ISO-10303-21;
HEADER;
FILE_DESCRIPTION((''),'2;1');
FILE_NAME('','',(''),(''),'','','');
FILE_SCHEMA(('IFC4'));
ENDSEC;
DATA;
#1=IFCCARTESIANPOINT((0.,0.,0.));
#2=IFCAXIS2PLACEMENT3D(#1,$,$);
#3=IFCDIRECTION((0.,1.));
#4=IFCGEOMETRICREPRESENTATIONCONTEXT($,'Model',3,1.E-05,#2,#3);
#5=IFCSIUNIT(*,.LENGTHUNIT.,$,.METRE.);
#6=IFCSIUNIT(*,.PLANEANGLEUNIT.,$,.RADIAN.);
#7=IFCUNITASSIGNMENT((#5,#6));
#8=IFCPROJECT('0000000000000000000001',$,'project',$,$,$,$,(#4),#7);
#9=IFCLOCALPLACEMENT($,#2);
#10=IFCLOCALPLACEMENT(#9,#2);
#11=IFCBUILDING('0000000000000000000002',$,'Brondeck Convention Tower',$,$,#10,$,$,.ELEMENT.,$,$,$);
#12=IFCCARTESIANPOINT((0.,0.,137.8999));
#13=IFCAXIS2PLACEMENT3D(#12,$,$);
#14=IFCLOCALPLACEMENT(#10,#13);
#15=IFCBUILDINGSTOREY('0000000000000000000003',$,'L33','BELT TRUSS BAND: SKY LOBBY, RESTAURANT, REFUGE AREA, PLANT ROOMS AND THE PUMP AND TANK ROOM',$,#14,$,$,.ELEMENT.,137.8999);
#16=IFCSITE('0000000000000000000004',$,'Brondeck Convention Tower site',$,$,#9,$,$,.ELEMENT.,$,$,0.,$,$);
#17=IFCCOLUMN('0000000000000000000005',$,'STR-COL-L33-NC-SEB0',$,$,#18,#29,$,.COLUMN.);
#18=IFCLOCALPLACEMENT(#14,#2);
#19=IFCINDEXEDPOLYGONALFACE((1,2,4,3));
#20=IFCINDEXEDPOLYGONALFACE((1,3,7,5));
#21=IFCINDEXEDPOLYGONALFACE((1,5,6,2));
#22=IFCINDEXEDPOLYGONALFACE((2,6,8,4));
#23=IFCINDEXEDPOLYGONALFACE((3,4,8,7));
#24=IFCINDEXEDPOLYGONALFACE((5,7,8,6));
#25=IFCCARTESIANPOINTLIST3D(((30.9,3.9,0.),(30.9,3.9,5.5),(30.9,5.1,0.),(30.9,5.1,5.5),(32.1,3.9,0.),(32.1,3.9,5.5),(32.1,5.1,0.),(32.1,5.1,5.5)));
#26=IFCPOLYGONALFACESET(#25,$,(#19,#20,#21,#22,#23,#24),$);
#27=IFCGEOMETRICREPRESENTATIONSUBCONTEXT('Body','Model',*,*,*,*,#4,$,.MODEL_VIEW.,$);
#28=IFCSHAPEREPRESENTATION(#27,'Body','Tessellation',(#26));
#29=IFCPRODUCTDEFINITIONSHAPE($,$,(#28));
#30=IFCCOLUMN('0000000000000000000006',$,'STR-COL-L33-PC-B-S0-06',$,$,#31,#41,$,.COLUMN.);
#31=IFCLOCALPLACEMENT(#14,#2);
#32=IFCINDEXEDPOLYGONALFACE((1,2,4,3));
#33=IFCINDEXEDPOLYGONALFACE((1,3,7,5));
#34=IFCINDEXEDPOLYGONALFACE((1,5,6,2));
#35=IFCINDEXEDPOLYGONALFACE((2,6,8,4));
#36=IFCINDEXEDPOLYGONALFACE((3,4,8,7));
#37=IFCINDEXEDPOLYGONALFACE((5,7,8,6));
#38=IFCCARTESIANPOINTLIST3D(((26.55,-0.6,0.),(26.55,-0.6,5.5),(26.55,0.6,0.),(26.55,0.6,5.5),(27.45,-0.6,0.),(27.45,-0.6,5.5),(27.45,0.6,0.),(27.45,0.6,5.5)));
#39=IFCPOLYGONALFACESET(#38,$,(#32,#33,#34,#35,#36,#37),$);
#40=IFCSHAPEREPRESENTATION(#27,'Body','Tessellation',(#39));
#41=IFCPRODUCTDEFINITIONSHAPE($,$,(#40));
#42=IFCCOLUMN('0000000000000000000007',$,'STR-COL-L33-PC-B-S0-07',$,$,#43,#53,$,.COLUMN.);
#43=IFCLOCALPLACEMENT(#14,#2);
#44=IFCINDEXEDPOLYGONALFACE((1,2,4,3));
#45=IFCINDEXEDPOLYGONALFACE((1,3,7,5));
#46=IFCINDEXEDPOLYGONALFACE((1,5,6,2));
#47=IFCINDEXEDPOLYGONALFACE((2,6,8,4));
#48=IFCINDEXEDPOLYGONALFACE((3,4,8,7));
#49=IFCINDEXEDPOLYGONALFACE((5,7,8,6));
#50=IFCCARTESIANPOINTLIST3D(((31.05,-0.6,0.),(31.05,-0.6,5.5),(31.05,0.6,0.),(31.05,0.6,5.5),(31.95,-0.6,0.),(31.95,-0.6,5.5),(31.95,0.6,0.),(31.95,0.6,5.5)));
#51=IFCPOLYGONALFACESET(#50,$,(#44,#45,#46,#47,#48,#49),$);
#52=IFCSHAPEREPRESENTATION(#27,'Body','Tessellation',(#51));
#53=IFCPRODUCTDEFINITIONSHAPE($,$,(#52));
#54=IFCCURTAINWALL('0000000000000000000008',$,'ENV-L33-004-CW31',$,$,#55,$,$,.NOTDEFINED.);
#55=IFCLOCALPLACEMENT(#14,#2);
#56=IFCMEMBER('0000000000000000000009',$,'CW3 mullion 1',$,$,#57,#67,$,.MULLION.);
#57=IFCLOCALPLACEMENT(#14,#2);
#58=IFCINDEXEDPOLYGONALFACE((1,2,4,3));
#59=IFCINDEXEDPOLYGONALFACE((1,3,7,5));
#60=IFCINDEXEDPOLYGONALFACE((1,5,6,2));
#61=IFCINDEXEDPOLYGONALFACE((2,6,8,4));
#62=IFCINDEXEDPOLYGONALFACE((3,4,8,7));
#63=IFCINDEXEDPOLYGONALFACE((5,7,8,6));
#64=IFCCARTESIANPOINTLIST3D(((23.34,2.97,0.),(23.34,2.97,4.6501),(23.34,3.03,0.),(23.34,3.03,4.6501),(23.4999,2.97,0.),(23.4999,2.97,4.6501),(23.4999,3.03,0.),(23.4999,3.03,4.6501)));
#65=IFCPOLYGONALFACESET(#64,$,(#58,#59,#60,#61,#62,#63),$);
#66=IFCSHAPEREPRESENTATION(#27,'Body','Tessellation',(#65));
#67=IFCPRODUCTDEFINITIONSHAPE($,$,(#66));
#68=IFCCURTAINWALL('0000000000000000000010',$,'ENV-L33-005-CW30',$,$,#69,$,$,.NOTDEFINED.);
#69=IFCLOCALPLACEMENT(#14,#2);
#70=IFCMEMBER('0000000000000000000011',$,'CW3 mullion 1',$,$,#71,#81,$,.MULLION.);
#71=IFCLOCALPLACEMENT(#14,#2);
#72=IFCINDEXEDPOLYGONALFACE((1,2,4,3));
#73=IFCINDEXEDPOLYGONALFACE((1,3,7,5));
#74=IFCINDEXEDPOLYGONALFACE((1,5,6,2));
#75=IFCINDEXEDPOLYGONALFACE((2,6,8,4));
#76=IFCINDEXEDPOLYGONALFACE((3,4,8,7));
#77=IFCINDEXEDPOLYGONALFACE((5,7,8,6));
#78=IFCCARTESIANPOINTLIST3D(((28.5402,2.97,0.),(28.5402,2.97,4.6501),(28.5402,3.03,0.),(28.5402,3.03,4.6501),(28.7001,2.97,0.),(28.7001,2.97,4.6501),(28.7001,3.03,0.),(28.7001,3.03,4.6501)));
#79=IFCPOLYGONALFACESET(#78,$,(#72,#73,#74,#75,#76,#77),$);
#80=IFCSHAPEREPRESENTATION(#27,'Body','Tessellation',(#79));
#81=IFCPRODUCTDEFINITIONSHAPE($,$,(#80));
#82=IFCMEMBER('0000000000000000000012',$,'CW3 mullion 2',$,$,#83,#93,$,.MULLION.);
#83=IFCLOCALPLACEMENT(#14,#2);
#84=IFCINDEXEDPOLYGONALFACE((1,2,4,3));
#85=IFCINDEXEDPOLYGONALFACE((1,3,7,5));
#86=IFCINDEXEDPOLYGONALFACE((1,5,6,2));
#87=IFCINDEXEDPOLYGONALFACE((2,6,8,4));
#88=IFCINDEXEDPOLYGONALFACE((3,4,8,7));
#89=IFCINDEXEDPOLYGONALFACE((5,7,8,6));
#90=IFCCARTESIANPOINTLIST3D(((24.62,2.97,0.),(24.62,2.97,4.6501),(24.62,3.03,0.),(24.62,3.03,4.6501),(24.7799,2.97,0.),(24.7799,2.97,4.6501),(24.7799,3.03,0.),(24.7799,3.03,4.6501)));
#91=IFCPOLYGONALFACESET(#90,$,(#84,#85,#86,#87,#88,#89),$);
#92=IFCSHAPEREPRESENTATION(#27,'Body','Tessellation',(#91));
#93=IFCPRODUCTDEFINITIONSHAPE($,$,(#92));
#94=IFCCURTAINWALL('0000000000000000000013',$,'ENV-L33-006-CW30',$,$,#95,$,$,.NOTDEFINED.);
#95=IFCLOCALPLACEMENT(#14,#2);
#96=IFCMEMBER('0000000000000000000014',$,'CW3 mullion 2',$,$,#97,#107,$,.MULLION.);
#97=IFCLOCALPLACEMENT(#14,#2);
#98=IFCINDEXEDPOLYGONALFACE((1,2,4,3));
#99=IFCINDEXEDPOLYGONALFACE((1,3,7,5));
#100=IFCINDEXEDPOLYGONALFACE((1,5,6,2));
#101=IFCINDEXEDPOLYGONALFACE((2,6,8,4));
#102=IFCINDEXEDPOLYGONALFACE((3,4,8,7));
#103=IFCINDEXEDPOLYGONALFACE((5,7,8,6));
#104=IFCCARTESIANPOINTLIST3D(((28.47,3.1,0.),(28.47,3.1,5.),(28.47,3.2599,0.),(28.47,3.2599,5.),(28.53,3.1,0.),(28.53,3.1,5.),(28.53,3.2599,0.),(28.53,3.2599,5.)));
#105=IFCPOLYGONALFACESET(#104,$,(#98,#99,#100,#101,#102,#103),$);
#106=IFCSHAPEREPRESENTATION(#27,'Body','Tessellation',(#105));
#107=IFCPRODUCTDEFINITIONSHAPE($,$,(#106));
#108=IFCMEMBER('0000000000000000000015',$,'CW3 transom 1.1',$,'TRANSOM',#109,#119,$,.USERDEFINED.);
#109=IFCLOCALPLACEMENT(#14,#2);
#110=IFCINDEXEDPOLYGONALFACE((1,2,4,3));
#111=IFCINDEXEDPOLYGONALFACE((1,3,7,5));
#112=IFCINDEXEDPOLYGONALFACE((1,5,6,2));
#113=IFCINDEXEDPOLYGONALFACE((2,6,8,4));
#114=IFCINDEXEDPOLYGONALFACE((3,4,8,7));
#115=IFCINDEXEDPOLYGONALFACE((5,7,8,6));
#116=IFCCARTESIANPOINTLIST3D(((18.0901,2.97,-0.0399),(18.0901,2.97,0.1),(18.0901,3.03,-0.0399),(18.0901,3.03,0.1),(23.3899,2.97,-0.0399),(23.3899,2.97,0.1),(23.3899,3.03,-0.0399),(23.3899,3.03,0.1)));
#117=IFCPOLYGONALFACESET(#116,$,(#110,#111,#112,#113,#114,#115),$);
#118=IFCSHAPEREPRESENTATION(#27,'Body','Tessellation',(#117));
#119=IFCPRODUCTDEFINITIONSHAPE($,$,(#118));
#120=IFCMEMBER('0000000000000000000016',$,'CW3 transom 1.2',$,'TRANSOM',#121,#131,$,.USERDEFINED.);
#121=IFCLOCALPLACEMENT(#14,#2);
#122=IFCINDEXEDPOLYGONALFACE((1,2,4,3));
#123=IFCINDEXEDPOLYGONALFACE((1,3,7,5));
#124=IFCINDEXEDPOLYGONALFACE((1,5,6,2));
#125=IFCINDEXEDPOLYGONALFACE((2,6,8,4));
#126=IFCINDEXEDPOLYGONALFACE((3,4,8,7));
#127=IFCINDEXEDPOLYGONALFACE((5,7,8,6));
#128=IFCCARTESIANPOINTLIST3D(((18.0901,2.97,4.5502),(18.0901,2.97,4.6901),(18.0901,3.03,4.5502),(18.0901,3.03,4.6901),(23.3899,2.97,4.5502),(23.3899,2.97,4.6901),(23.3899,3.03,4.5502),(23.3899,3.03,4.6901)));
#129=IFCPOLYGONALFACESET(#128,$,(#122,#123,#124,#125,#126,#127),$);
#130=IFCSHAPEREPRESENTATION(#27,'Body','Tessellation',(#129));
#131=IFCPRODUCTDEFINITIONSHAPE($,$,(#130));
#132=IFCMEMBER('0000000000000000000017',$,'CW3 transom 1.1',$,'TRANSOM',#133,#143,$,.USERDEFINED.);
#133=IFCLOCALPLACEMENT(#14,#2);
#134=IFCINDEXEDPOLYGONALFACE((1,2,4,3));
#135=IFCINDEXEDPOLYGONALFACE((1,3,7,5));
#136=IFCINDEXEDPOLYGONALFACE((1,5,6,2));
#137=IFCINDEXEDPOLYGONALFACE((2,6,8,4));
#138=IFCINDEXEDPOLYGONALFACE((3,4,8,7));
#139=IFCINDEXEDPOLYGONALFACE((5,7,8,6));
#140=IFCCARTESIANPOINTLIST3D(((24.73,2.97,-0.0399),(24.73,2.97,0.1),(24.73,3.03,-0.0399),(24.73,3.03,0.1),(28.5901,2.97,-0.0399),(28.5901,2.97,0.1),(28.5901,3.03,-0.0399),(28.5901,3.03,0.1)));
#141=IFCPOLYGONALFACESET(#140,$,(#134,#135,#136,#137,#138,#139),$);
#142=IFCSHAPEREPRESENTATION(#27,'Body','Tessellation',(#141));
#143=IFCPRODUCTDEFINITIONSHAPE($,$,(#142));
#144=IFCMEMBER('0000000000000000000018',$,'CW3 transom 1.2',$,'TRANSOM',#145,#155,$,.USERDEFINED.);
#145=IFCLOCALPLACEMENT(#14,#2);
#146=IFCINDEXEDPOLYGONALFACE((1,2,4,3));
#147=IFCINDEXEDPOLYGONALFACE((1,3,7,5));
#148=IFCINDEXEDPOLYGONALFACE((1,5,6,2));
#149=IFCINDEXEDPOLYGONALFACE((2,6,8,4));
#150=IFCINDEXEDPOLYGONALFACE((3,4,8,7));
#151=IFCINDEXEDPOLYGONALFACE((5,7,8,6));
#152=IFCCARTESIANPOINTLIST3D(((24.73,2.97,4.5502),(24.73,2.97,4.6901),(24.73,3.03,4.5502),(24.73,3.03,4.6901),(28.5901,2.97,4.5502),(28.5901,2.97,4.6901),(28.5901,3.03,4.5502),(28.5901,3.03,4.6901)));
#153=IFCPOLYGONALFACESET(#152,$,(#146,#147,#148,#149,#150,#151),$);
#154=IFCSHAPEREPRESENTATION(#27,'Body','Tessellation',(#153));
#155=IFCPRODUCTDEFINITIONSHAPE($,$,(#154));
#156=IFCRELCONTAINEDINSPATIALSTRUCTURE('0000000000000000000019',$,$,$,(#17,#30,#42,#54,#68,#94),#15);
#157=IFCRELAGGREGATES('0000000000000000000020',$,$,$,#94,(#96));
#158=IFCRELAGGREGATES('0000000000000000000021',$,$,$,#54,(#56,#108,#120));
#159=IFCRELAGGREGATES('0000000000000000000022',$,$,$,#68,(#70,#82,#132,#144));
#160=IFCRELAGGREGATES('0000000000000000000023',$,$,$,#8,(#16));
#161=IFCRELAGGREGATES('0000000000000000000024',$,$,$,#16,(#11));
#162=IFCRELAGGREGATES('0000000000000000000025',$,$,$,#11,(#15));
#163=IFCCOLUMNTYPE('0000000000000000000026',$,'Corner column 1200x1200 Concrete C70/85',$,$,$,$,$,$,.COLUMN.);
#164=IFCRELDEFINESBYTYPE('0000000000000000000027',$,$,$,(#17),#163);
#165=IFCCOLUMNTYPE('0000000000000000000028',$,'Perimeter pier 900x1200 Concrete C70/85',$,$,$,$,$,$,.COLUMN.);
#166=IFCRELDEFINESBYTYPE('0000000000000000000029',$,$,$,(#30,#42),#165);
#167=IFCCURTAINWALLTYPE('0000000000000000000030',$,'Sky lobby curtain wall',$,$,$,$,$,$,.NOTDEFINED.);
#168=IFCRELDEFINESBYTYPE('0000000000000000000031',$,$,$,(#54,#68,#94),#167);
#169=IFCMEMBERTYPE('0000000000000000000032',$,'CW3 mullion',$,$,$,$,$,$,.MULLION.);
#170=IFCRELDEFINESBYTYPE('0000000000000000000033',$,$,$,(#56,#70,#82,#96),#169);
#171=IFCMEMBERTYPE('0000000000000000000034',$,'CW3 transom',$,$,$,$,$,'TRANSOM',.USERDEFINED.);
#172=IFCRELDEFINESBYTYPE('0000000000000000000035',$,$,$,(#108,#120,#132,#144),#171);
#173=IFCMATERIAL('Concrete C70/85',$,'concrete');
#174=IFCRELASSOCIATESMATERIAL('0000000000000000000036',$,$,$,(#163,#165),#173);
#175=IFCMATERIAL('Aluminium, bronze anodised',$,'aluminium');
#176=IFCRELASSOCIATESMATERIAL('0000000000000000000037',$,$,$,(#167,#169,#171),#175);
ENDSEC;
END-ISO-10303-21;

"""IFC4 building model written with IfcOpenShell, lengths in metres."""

from ifc_helpers import new_model, si_unit, direction, frame, origin, origin_2d, place, context, subcontext, project, spatial, rectangle, extrude, material, material_profile, profile_set, type_object, element, aggregate, save


model = new_model("IFC4")

# Units and contexts
model_context = context("Model", 3, precision=1e-05, world=origin(), true_north=direction((0.0, 1.0)))
body_context = subcontext(model_context, "Body", "Model", "MODEL_VIEW")
ifc_project = project(units=[si_unit("LENGTHUNIT", "METRE"), si_unit("PLANEANGLEUNIT", "RADIAN")], contexts=[model_context])

# Site, building, storey
site_placement = place(None, origin())
site = spatial("IfcSite", under=ifc_project, at=site_placement, Name="Brondeck Convention Tower site", CompositionType="ELEMENT", RefElevation=0.0)
building_placement = place(site_placement, origin())
building = spatial("IfcBuilding", under=site, at=building_placement, Name="Brondeck Convention Tower", CompositionType="ELEMENT")
storey_placement = place(building_placement, frame((0.0, 0.0, 137.8999)))
storey = spatial("IfcBuildingStorey", under=building, at=storey_placement, Name="L33", Description="BELT TRUSS BAND: SKY LOBBY, RESTAURANT, REFUGE AREA, PLANT ROOMS AND THE PUMP AND TANK ROOM", CompositionType="ELEMENT", Elevation=137.8999)

# Columns
ifc_material_1 = material(Name="Concrete C70/85", Category="concrete")
ifc_material_profile_1 = material_profile(ifc_material_1, rectangle(XDim=1.2, YDim=1.2, at=origin_2d()), Name="Corner column 1200x1200 Concrete C70/85")
ifc_profile_set_1 = profile_set([ifc_material_profile_1], Name="Concrete C70/85")
column_type_1 = type_object("IfcColumnType", Name="Corner column 1200x1200 Concrete C70/85", PredefinedType="COLUMN", material=ifc_profile_set_1)
column_placement = place(storey_placement, frame((31.5, 4.5, 0.0), z_axis=(0.0, 0.0, 1.0), x_axis=(1.0, 0.0, 0.0)))
element("IfcColumn", 1, at=column_placement, inside=storey, type_object=column_type_1, Name="STR-COL-L33-NC-SEB0", PredefinedType="COLUMN", context=body_context, shape_type="SweptSolid", body=[
    extrude(rectangle(XDim=1.2, YDim=1.2, at=origin_2d()), origin(), (0.0, 0.0, 1.0), 5.5),
])
ifc_material_profile_2 = material_profile(ifc_material_1, rectangle(XDim=0.8999, YDim=1.2, at=origin_2d()), Name="Perimeter pier 900x1200 Concrete C70/85")
ifc_profile_set_2 = profile_set([ifc_material_profile_2], Name="Concrete C70/85")
column_type_2 = type_object("IfcColumnType", Name="Perimeter pier 900x1200 Concrete C70/85", PredefinedType="COLUMN", material=ifc_profile_set_2)
for number, where, z_axis, x_axis, name in (
    (2, (27.0, 0.0, 0.0), (0.0, 0.0, 1.0), (1.0, 0.0, 0.0), "STR-COL-L33-PC-B-S0-06"),
    (3, (31.5, 0.0, 0.0), (0.0, 0.0, 1.0), (1.0, 0.0, 0.0), "STR-COL-L33-PC-B-S0-07"),
):
    element("IfcColumn", number, at=place(storey_placement, frame(where, z_axis=z_axis, x_axis=x_axis)), inside=storey, type_object=column_type_2, Name=name, PredefinedType="COLUMN", context=body_context, shape_type="SweptSolid", body=[
        extrude(rectangle(XDim=0.8999, YDim=1.2, at=origin_2d()), origin(), (0.0, 0.0, 1.0), 5.5),
    ])

# Curtain wall, member
ifc_material_2 = material(Name="Aluminium, bronze anodised", Category="aluminium")
curtain_wall_type = type_object("IfcCurtainWallType", Name="Sky lobby curtain wall", PredefinedType="NOTDEFINED", material=ifc_material_2)
curtain_wall_1_placement = place(storey_placement, origin())
curtain_wall_1 = element("IfcCurtainWall", 4, at=curtain_wall_1_placement, inside=storey, type_object=curtain_wall_type, Name="ENV-L33-004-CW31", PredefinedType="NOTDEFINED")
ifc_material_profile_3 = material_profile(ifc_material_2, rectangle(XDim=0.0601, YDim=0.1599, at=origin_2d()), Name="CW3 mullion")
ifc_profile_set_3 = profile_set([ifc_material_profile_3], Name="Aluminium, bronze anodised")
member_type_1 = type_object("IfcMemberType", Name="CW3 mullion", PredefinedType="MULLION", material=ifc_profile_set_3)
member_1_placement = place(storey_placement, frame((23.4199, 3.0, 0.0), z_axis=(0.0, 0.0, 1.0), x_axis=(0.0, -1.0, 0.0)))
member_1 = element("IfcMember", 5, at=member_1_placement, type_object=member_type_1, Name="CW3 mullion 1", PredefinedType="MULLION", context=body_context, shape_type="SweptSolid", body=[
    extrude(rectangle(XDim=0.0601, YDim=0.1599, at=origin_2d()), origin(), (0.0, 0.0, 1.0), 4.6501),
])

# Curtain wall, members
curtain_wall_2_placement = place(storey_placement, origin())
curtain_wall_2 = element("IfcCurtainWall", 6, at=curtain_wall_2_placement, inside=storey, type_object=curtain_wall_type, Name="ENV-L33-005-CW30", PredefinedType="NOTDEFINED")
member_2_placement = place(storey_placement, frame((28.6201, 3.0, 0.0), z_axis=(0.0, 0.0, 1.0), x_axis=(0.0, -1.0, 0.0)))
member_2 = element("IfcMember", 7, at=member_2_placement, type_object=member_type_1, Name="CW3 mullion 1", PredefinedType="MULLION", context=body_context, shape_type="SweptSolid", body=[
    extrude(rectangle(XDim=0.0601, YDim=0.1599, at=origin_2d()), origin(), (0.0, 0.0, 1.0), 4.6501),
])
member_3_placement = place(storey_placement, frame((24.7, 3.0, 0.0), z_axis=(0.0, 0.0, 1.0), x_axis=(0.0, -1.0, 0.0)))
member_3 = element("IfcMember", 8, at=member_3_placement, type_object=member_type_1, Name="CW3 mullion 2", PredefinedType="MULLION", context=body_context, shape_type="SweptSolid", body=[
    extrude(rectangle(XDim=0.0601, YDim=0.1599, at=origin_2d()), origin(), (0.0, 0.0, 1.0), 4.6501),
])

# Curtain wall, member
curtain_wall_3_placement = place(storey_placement, origin())
curtain_wall_3 = element("IfcCurtainWall", 9, at=curtain_wall_3_placement, inside=storey, type_object=curtain_wall_type, Name="ENV-L33-006-CW30", PredefinedType="NOTDEFINED")
member_4_placement = place(storey_placement, frame((28.5, 3.1799, 0.0), z_axis=(0.0, 0.0, 1.0), x_axis=(1.0, 0.0, 0.0)))
member_4 = element("IfcMember", 10, at=member_4_placement, type_object=member_type_1, Name="CW3 mullion 2", PredefinedType="MULLION", context=body_context, shape_type="SweptSolid", body=[
    extrude(rectangle(XDim=0.0601, YDim=0.1599, at=origin_2d()), origin(), (0.0, 0.0, 1.0), 5.0),
])
aggregate(curtain_wall_3, [member_4])

# Members
ifc_material_profile_4 = material_profile(ifc_material_2, rectangle(XDim=0.0601, YDim=0.1399, at=origin_2d()), Name="CW3 transom")
ifc_profile_set_4 = profile_set([ifc_material_profile_4], Name="Aluminium, bronze anodised")
member_type_2 = type_object("IfcMemberType", Name="CW3 transom", ElementType="TRANSOM", PredefinedType="USERDEFINED", material=ifc_profile_set_4)
member_5_placement = place(storey_placement, frame((23.3899, 3.0, 0.03), z_axis=(-1.0, 0.0, 0.0), x_axis=(0.0, -1.0, 0.0)))
member_5 = element("IfcMember", 11, at=member_5_placement, type_object=member_type_2, Name="CW3 transom 1.1", ObjectType="TRANSOM", PredefinedType="USERDEFINED", context=body_context, shape_type="SweptSolid", body=[
    extrude(rectangle(XDim=0.0601, YDim=0.1399, at=origin_2d()), origin(), (0.0, 0.0, 1.0), 5.2998),
])
member_6_placement = place(storey_placement, frame((23.3899, 3.0, 4.6201), z_axis=(-1.0, 0.0, 0.0), x_axis=(0.0, -1.0, 0.0)))
member_6 = element("IfcMember", 12, at=member_6_placement, type_object=member_type_2, Name="CW3 transom 1.2", ObjectType="TRANSOM", PredefinedType="USERDEFINED", context=body_context, shape_type="SweptSolid", body=[
    extrude(rectangle(XDim=0.0601, YDim=0.1399, at=origin_2d()), origin(), (0.0, 0.0, 1.0), 5.2998),
])
aggregate(curtain_wall_1, [member_1, member_5, member_6])
member_7_placement = place(storey_placement, frame((28.5901, 3.0, 0.03), z_axis=(-1.0, 0.0, 0.0), x_axis=(0.0, -1.0, 0.0)))
member_7 = element("IfcMember", 13, at=member_7_placement, type_object=member_type_2, Name="CW3 transom 1.1", ObjectType="TRANSOM", PredefinedType="USERDEFINED", context=body_context, shape_type="SweptSolid", body=[
    extrude(rectangle(XDim=0.0601, YDim=0.1399, at=origin_2d()), origin(), (0.0, 0.0, 1.0), 3.8601),
])
member_8_placement = place(storey_placement, frame((28.5901, 3.0, 4.6201), z_axis=(-1.0, 0.0, 0.0), x_axis=(0.0, -1.0, 0.0)))
member_8 = element("IfcMember", 14, at=member_8_placement, type_object=member_type_2, Name="CW3 transom 1.2", ObjectType="TRANSOM", PredefinedType="USERDEFINED", context=body_context, shape_type="SweptSolid", body=[
    extrude(rectangle(XDim=0.0601, YDim=0.1399, at=origin_2d()), origin(), (0.0, 0.0, 1.0), 3.8601),
])

aggregate(curtain_wall_2, [member_2, member_3, member_7, member_8])

save(model, "model.ifc")
